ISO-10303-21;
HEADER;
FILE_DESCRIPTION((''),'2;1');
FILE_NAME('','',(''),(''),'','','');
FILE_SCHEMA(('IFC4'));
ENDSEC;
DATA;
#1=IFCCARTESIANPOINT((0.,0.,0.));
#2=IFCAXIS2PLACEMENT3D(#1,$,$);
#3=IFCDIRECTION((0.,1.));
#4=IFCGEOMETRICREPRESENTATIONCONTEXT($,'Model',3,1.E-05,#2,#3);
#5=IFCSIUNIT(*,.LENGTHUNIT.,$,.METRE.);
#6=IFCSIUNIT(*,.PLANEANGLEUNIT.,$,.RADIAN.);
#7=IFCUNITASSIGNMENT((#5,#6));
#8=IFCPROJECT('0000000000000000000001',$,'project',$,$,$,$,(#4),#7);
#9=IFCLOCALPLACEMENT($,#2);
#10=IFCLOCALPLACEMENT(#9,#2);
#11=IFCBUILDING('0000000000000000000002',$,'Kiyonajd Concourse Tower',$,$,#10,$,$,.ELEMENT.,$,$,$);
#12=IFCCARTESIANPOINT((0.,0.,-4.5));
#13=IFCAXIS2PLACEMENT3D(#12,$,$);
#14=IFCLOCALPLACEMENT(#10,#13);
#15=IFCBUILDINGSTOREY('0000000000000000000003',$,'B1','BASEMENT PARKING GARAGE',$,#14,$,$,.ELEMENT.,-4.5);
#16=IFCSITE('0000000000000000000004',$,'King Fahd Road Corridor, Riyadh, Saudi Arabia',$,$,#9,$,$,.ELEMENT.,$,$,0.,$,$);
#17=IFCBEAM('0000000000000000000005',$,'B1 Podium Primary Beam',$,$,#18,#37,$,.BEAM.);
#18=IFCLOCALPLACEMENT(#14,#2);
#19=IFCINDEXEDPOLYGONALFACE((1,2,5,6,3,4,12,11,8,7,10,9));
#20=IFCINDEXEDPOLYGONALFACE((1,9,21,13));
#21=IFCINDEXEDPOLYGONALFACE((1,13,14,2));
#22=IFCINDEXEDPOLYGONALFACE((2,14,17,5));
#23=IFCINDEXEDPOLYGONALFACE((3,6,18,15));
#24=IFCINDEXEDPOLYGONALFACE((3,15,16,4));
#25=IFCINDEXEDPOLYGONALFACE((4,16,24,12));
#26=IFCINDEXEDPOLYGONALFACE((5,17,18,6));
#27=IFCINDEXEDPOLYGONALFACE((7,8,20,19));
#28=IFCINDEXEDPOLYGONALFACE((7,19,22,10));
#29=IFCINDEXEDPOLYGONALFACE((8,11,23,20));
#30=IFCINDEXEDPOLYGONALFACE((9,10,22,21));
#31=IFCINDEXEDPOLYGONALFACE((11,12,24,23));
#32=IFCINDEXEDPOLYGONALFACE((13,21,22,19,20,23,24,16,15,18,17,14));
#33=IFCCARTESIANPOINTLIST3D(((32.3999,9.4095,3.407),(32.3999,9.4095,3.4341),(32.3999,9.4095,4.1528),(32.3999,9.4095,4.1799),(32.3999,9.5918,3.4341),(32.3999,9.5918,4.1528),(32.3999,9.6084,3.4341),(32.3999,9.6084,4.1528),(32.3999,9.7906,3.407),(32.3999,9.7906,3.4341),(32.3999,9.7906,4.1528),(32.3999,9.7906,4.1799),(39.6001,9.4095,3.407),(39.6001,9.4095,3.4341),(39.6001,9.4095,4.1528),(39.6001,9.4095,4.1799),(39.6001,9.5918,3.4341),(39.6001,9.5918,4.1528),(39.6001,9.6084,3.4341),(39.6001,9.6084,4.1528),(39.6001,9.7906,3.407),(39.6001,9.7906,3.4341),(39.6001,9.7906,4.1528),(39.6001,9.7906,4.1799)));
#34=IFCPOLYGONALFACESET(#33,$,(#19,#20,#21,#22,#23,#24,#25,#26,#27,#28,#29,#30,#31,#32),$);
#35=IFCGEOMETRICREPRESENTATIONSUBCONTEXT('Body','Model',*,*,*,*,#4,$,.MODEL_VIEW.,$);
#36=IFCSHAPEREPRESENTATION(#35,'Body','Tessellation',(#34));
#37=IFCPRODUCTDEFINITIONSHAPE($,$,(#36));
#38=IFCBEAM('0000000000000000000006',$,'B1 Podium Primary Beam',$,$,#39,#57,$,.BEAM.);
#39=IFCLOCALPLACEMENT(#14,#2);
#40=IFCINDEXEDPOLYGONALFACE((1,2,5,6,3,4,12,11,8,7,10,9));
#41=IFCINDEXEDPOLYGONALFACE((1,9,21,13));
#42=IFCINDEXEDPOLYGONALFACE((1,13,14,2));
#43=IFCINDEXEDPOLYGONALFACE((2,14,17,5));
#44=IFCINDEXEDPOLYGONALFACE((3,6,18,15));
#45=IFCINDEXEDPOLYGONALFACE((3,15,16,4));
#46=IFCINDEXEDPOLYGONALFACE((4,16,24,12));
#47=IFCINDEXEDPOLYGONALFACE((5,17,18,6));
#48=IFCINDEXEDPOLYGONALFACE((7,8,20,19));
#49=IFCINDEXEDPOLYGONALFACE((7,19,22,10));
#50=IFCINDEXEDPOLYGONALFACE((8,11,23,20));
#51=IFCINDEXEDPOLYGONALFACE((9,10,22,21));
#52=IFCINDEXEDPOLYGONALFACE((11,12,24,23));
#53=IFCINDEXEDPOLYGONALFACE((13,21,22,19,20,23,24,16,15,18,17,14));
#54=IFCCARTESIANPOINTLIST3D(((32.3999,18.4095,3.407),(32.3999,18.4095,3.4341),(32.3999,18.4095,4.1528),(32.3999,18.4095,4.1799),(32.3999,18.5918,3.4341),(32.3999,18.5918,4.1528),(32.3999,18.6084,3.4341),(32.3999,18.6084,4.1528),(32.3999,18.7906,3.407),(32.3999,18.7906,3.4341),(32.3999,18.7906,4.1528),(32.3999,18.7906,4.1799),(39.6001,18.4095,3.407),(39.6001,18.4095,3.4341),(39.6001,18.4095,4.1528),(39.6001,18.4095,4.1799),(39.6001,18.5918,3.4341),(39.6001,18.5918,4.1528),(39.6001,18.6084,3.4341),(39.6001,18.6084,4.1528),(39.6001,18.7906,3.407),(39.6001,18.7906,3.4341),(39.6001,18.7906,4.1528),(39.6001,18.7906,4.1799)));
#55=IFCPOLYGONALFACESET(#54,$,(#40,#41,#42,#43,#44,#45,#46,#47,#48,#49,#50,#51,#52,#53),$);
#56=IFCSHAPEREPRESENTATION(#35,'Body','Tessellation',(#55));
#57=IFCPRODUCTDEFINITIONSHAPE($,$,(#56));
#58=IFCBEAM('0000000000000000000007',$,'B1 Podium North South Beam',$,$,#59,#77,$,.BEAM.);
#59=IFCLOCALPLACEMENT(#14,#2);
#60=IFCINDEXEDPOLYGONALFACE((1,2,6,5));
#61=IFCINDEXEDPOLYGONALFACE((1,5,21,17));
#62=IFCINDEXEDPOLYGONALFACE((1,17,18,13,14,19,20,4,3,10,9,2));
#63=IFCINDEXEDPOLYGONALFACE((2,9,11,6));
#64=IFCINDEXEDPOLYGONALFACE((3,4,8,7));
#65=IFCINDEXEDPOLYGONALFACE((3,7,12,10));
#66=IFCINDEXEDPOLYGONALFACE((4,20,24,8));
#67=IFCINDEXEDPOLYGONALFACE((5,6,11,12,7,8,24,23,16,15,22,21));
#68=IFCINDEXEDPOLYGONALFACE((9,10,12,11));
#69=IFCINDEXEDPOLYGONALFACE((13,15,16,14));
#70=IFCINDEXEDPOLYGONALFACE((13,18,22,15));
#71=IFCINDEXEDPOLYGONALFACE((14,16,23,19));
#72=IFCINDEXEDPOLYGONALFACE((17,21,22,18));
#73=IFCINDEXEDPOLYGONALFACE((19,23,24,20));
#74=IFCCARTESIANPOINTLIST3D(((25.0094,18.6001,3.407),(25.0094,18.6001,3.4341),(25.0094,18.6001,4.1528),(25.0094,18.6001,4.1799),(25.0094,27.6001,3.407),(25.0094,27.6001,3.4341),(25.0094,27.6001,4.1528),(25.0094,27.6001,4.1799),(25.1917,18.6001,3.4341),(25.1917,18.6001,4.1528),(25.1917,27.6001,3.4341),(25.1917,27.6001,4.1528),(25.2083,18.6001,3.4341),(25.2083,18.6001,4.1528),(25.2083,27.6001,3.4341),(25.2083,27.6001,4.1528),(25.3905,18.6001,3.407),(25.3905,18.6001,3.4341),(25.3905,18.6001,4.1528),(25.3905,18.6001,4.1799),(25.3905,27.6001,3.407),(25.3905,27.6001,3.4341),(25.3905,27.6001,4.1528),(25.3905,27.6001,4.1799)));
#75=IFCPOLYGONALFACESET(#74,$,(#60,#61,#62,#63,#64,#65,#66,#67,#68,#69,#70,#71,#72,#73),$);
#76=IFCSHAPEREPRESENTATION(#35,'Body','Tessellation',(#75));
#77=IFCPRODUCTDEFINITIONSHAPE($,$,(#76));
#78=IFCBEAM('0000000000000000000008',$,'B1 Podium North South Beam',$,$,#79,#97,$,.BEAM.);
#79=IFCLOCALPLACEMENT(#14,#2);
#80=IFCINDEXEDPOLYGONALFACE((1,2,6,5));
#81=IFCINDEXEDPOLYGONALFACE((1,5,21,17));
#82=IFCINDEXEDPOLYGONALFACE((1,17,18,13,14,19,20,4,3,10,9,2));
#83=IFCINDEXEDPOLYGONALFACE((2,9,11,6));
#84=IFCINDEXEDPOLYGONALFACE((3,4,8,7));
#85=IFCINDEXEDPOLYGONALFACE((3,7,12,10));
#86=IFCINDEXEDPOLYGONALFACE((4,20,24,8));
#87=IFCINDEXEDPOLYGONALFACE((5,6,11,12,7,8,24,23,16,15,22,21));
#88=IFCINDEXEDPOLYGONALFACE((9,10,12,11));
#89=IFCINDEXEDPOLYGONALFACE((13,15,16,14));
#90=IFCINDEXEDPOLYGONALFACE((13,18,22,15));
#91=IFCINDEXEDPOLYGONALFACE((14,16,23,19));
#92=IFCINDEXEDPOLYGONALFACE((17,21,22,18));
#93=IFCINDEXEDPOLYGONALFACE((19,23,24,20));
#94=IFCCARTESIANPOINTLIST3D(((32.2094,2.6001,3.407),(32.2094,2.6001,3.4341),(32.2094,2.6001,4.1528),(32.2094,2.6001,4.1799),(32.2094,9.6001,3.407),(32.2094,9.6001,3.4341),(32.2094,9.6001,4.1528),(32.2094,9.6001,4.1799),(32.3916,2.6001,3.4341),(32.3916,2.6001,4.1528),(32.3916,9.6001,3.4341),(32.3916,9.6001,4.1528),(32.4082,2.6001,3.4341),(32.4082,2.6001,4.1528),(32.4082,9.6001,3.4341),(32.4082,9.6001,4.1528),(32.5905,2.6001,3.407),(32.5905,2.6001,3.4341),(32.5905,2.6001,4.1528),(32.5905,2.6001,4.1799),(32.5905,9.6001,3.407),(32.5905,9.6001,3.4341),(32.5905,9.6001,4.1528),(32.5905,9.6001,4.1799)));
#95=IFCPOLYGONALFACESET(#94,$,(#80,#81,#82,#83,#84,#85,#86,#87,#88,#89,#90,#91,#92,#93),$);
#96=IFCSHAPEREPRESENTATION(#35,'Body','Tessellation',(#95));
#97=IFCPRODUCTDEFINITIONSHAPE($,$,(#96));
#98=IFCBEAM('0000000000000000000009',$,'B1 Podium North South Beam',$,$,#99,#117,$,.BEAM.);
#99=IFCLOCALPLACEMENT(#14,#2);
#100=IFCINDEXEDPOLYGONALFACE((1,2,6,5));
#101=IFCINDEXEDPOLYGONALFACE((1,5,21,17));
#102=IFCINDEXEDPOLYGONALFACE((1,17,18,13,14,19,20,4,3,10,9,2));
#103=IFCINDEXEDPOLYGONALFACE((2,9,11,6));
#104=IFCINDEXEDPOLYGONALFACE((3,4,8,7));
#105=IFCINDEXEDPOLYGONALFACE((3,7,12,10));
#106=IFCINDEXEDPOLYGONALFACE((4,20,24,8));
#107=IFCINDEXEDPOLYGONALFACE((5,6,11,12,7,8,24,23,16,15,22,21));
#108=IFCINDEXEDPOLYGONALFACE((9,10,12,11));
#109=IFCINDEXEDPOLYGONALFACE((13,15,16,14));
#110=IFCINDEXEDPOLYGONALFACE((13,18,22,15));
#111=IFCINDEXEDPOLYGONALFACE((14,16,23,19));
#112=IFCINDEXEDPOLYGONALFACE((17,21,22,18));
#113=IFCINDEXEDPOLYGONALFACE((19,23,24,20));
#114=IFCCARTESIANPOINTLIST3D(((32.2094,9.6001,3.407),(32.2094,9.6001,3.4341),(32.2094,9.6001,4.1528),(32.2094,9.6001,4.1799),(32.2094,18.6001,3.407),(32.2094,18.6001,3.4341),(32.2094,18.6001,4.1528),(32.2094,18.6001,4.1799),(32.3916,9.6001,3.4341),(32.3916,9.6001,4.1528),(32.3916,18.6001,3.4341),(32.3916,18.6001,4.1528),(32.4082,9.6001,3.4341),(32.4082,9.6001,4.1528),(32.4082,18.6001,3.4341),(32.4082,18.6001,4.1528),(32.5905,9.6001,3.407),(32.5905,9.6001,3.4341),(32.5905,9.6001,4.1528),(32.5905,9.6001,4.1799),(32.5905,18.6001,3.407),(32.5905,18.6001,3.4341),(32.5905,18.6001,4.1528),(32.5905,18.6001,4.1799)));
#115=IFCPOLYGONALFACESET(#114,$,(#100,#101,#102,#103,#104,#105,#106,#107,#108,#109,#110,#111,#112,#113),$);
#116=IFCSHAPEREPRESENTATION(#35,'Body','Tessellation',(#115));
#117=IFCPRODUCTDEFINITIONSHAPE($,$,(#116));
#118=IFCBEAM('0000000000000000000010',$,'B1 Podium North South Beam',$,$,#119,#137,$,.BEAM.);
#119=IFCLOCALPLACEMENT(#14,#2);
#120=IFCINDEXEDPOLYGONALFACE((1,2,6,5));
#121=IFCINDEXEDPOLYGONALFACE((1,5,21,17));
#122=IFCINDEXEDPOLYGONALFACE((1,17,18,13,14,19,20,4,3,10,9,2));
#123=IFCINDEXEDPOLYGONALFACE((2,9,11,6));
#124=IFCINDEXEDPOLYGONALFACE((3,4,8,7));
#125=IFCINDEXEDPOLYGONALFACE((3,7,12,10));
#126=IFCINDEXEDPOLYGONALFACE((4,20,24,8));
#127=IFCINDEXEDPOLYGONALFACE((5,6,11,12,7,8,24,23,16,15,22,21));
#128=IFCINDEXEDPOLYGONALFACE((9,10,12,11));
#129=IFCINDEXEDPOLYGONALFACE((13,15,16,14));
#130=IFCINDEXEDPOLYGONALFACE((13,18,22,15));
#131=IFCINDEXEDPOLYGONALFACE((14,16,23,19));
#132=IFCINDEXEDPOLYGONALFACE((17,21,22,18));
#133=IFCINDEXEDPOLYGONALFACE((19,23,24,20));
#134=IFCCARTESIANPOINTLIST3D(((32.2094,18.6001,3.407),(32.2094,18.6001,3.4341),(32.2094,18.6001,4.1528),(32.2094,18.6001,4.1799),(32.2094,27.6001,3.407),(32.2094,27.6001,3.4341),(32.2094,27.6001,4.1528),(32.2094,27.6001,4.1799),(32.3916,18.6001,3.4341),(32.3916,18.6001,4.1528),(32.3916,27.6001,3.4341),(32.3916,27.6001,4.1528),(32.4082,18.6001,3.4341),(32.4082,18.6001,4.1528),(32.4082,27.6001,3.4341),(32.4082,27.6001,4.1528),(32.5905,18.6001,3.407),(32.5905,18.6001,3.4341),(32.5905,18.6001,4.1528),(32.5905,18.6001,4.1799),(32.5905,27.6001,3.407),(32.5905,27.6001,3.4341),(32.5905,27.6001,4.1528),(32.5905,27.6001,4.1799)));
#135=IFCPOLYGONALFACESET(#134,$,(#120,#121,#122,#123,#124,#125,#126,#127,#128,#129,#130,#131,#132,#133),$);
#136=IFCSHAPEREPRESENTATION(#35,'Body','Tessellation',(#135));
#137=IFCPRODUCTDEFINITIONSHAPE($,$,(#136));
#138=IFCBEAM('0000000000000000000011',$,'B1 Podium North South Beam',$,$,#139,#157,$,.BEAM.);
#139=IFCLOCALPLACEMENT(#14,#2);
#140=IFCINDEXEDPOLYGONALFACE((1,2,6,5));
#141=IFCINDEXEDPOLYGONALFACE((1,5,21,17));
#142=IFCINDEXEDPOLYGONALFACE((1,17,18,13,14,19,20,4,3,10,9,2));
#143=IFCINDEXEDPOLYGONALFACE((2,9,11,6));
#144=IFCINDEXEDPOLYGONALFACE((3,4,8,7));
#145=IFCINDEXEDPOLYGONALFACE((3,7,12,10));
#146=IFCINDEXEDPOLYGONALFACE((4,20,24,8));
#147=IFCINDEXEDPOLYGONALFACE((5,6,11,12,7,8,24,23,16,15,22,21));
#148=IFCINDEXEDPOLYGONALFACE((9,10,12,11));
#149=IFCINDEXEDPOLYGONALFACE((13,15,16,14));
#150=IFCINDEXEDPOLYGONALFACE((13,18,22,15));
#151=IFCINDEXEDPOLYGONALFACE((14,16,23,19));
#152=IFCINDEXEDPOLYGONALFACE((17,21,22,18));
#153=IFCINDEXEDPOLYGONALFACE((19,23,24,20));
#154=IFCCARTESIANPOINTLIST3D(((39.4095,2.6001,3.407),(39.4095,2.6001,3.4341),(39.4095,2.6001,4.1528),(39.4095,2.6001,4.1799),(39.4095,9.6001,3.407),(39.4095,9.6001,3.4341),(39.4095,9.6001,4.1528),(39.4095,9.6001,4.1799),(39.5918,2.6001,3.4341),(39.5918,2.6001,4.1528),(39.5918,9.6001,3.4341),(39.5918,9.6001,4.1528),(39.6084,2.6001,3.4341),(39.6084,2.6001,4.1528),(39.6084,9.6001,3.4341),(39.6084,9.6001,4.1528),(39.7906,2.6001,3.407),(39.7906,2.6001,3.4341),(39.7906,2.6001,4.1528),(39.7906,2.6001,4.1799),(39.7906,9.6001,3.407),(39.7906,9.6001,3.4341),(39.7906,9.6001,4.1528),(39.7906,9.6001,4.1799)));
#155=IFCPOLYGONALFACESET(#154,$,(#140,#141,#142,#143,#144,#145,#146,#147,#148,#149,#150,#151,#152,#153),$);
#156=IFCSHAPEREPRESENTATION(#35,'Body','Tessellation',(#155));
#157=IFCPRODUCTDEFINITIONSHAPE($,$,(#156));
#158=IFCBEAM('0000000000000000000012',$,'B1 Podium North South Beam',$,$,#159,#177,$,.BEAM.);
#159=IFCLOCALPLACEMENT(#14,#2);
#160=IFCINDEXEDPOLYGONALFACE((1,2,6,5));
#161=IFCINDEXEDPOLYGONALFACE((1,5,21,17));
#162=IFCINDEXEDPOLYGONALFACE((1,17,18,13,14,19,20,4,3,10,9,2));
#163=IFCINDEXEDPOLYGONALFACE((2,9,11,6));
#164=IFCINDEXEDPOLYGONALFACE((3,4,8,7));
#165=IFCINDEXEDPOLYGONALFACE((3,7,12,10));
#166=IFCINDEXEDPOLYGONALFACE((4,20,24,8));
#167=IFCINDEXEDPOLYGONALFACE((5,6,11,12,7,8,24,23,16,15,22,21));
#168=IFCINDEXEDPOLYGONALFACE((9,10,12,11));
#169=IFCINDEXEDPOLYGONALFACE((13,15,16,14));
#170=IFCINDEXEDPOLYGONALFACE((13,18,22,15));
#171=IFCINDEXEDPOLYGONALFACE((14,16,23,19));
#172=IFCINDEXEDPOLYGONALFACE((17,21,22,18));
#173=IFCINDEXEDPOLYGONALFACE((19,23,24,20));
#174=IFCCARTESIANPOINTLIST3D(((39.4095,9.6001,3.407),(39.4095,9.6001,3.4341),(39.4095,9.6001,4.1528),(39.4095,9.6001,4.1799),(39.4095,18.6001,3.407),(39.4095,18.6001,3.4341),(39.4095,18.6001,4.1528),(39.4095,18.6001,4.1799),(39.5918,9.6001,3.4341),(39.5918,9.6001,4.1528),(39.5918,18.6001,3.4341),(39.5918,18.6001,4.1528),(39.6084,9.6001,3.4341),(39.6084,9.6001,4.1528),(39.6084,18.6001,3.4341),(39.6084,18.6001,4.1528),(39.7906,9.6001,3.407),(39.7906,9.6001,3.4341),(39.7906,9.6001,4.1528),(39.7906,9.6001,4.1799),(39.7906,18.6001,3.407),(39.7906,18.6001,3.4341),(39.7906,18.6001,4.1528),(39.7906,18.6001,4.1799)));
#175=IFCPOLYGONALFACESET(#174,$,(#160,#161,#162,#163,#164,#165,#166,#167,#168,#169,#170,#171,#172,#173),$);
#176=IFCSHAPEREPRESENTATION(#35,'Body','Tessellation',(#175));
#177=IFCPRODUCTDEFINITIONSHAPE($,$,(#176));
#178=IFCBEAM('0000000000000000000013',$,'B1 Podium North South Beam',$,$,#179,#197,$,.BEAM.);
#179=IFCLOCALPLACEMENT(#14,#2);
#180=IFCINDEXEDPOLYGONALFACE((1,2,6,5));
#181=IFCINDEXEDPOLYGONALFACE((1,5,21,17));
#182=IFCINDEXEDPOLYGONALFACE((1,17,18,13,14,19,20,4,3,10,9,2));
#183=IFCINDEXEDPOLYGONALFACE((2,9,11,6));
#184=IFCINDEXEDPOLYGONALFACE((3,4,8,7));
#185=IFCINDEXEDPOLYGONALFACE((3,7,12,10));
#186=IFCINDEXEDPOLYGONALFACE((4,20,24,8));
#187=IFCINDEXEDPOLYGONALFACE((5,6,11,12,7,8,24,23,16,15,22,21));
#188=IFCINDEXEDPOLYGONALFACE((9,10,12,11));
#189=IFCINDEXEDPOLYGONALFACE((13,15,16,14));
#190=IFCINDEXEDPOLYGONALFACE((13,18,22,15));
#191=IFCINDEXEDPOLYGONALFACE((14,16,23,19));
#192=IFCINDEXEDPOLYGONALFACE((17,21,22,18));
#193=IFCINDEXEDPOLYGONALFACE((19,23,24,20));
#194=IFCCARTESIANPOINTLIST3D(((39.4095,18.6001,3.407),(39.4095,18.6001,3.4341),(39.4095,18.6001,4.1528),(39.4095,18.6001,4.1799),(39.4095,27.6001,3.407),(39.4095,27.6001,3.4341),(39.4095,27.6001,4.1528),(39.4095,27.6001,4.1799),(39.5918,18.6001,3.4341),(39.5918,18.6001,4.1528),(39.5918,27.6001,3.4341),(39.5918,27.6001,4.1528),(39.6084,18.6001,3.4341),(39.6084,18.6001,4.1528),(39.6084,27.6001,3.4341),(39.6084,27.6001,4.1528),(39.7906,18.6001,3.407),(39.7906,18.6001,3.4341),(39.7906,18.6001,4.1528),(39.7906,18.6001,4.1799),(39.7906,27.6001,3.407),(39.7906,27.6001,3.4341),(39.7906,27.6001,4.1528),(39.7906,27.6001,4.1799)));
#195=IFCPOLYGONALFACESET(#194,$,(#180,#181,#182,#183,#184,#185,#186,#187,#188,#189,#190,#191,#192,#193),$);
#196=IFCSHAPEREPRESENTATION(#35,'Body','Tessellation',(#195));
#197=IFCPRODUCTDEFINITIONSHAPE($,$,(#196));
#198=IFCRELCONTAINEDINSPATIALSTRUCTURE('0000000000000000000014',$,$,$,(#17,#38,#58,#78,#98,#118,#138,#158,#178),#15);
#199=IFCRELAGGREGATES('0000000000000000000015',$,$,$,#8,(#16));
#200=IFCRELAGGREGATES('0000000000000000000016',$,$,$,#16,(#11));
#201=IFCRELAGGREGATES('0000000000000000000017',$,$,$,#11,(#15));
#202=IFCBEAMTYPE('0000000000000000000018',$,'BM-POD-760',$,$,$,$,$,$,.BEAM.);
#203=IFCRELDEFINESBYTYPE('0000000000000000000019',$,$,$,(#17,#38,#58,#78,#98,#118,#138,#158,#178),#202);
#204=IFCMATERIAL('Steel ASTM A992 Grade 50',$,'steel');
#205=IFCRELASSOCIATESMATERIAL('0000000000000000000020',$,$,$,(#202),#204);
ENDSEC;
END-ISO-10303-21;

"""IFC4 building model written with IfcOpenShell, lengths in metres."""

from ifc_helpers import new_model, si_unit, direction, frame, origin, origin_2d, place, context, subcontext, project, spatial, i_section, extrude, material, material_profile, profile_set, type_object, element, save


model = new_model("IFC4")

# Units and contexts
model_context = context("Model", 3, precision=1e-05, world=origin(), true_north=direction((0.0, 1.0)))
body_context = subcontext(model_context, "Body", "Model", "MODEL_VIEW")
ifc_project = project(units=[si_unit("LENGTHUNIT", "METRE"), si_unit("PLANEANGLEUNIT", "RADIAN")], contexts=[model_context])

# Site, building, storey
site_placement = place(None, origin())
site = spatial("IfcSite", under=ifc_project, at=site_placement, Name="King Fahd Road Corridor, Riyadh, Saudi Arabia", CompositionType="ELEMENT", RefElevation=0.0)
building_placement = place(site_placement, origin())
building = spatial("IfcBuilding", under=site, at=building_placement, Name="Kiyonajd Concourse Tower", CompositionType="ELEMENT")
storey_placement = place(building_placement, frame((0.0, 0.0, -4.5)))
storey = spatial("IfcBuildingStorey", under=building, at=storey_placement, Name="B1", Description="BASEMENT PARKING GARAGE", CompositionType="ELEMENT", Elevation=-4.5)

# Beams
ifc_material_1 = material(Name="Steel ASTM A992 Grade 50", Category="steel")
ifc_material_profile_1 = material_profile(ifc_material_1, i_section(OverallWidth=0.3811, OverallDepth=0.7729, WebThickness=0.0166, FlangeThickness=0.0271, at=origin_2d()), Name="W760X257")
ifc_profile_set_1 = profile_set([ifc_material_profile_1], Name="Steel ASTM A992 Grade 50")
beam_type_1 = type_object("IfcBeamType", Name="BM-POD-760", PredefinedType="BEAM", material=ifc_profile_set_1)
for number, where, z_axis, x_axis, name in (
    (1, (32.3999, 9.6001, 3.7935), (1.0, 0.0, 0.0), (0.0, 1.0, 0.0), "B1 Podium Primary Beam"),
    (2, (32.3999, 18.6001, 3.7935), (1.0, 0.0, 0.0), (0.0, 1.0, 0.0), "B1 Podium Primary Beam"),
):
    element("IfcBeam", number, at=place(storey_placement, frame(where, z_axis=z_axis, x_axis=x_axis)), inside=storey, type_object=beam_type_1, Name=name, PredefinedType="BEAM", context=body_context, shape_type="SweptSolid", body=[
        extrude(i_section(OverallWidth=0.3811, OverallDepth=0.7729, WebThickness=0.0166, FlangeThickness=0.0271, at=origin_2d()), origin(), (0.0, 0.0, 1.0), 7.2002),
    ])
beam_1_placement = place(storey_placement, frame((25.2, 18.6001, 3.7935), z_axis=(0.0, 1.0, 0.0), x_axis=(-1.0, 0.0, 0.0)))
element("IfcBeam", 3, at=beam_1_placement, inside=storey, type_object=beam_type_1, Name="B1 Podium North South Beam", PredefinedType="BEAM", context=body_context, shape_type="SweptSolid", body=[
    extrude(i_section(OverallWidth=0.3811, OverallDepth=0.7729, WebThickness=0.0166, FlangeThickness=0.0271, at=origin_2d()), origin(), (0.0, 0.0, 1.0), 9.0),
])
beam_2_placement = place(storey_placement, frame((32.3999, 2.6001, 3.7935), z_axis=(0.0, 1.0, 0.0), x_axis=(-1.0, 0.0, 0.0)))
element("IfcBeam", 4, at=beam_2_placement, inside=storey, type_object=beam_type_1, Name="B1 Podium North South Beam", PredefinedType="BEAM", context=body_context, shape_type="SweptSolid", body=[
    extrude(i_section(OverallWidth=0.3811, OverallDepth=0.7729, WebThickness=0.0166, FlangeThickness=0.0271, at=origin_2d()), origin(), (0.0, 0.0, 1.0), 7.0),
])
for number, where, z_axis, x_axis, name in (
    (5, (32.3999, 9.6001, 3.7935), (0.0, 1.0, 0.0), (-1.0, 0.0, 0.0), "B1 Podium North South Beam"),
    (6, (32.3999, 18.6001, 3.7935), (0.0, 1.0, 0.0), (-1.0, 0.0, 0.0), "B1 Podium North South Beam"),
):
    element("IfcBeam", number, at=place(storey_placement, frame(where, z_axis=z_axis, x_axis=x_axis)), inside=storey, type_object=beam_type_1, Name=name, PredefinedType="BEAM", context=body_context, shape_type="SweptSolid", body=[
        extrude(i_section(OverallWidth=0.3811, OverallDepth=0.7729, WebThickness=0.0166, FlangeThickness=0.0271, at=origin_2d()), origin(), (0.0, 0.0, 1.0), 9.0),
    ])
beam_3_placement = place(storey_placement, frame((39.6001, 2.6001, 3.7935), z_axis=(0.0, 1.0, 0.0), x_axis=(-1.0, 0.0, 0.0)))
element("IfcBeam", 7, at=beam_3_placement, inside=storey, type_object=beam_type_1, Name="B1 Podium North South Beam", PredefinedType="BEAM", context=body_context, shape_type="SweptSolid", body=[
    extrude(i_section(OverallWidth=0.3811, OverallDepth=0.7729, WebThickness=0.0166, FlangeThickness=0.0271, at=origin_2d()), origin(), (0.0, 0.0, 1.0), 7.0),
])
for number, where, z_axis, x_axis, name in (
    (8, (39.6001, 9.6001, 3.7935), (0.0, 1.0, 0.0), (-1.0, 0.0, 0.0), "B1 Podium North South Beam"),
    (9, (39.6001, 18.6001, 3.7935), (0.0, 1.0, 0.0), (-1.0, 0.0, 0.0), "B1 Podium North South Beam"),
):
    element("IfcBeam", number, at=place(storey_placement, frame(where, z_axis=z_axis, x_axis=x_axis)), inside=storey, type_object=beam_type_1, Name=name, PredefinedType="BEAM", context=body_context, shape_type="SweptSolid", body=[
        extrude(i_section(OverallWidth=0.3811, OverallDepth=0.7729, WebThickness=0.0166, FlangeThickness=0.0271, at=origin_2d()), origin(), (0.0, 0.0, 1.0), 9.0),
    ])

save(model, "model.ifc")
